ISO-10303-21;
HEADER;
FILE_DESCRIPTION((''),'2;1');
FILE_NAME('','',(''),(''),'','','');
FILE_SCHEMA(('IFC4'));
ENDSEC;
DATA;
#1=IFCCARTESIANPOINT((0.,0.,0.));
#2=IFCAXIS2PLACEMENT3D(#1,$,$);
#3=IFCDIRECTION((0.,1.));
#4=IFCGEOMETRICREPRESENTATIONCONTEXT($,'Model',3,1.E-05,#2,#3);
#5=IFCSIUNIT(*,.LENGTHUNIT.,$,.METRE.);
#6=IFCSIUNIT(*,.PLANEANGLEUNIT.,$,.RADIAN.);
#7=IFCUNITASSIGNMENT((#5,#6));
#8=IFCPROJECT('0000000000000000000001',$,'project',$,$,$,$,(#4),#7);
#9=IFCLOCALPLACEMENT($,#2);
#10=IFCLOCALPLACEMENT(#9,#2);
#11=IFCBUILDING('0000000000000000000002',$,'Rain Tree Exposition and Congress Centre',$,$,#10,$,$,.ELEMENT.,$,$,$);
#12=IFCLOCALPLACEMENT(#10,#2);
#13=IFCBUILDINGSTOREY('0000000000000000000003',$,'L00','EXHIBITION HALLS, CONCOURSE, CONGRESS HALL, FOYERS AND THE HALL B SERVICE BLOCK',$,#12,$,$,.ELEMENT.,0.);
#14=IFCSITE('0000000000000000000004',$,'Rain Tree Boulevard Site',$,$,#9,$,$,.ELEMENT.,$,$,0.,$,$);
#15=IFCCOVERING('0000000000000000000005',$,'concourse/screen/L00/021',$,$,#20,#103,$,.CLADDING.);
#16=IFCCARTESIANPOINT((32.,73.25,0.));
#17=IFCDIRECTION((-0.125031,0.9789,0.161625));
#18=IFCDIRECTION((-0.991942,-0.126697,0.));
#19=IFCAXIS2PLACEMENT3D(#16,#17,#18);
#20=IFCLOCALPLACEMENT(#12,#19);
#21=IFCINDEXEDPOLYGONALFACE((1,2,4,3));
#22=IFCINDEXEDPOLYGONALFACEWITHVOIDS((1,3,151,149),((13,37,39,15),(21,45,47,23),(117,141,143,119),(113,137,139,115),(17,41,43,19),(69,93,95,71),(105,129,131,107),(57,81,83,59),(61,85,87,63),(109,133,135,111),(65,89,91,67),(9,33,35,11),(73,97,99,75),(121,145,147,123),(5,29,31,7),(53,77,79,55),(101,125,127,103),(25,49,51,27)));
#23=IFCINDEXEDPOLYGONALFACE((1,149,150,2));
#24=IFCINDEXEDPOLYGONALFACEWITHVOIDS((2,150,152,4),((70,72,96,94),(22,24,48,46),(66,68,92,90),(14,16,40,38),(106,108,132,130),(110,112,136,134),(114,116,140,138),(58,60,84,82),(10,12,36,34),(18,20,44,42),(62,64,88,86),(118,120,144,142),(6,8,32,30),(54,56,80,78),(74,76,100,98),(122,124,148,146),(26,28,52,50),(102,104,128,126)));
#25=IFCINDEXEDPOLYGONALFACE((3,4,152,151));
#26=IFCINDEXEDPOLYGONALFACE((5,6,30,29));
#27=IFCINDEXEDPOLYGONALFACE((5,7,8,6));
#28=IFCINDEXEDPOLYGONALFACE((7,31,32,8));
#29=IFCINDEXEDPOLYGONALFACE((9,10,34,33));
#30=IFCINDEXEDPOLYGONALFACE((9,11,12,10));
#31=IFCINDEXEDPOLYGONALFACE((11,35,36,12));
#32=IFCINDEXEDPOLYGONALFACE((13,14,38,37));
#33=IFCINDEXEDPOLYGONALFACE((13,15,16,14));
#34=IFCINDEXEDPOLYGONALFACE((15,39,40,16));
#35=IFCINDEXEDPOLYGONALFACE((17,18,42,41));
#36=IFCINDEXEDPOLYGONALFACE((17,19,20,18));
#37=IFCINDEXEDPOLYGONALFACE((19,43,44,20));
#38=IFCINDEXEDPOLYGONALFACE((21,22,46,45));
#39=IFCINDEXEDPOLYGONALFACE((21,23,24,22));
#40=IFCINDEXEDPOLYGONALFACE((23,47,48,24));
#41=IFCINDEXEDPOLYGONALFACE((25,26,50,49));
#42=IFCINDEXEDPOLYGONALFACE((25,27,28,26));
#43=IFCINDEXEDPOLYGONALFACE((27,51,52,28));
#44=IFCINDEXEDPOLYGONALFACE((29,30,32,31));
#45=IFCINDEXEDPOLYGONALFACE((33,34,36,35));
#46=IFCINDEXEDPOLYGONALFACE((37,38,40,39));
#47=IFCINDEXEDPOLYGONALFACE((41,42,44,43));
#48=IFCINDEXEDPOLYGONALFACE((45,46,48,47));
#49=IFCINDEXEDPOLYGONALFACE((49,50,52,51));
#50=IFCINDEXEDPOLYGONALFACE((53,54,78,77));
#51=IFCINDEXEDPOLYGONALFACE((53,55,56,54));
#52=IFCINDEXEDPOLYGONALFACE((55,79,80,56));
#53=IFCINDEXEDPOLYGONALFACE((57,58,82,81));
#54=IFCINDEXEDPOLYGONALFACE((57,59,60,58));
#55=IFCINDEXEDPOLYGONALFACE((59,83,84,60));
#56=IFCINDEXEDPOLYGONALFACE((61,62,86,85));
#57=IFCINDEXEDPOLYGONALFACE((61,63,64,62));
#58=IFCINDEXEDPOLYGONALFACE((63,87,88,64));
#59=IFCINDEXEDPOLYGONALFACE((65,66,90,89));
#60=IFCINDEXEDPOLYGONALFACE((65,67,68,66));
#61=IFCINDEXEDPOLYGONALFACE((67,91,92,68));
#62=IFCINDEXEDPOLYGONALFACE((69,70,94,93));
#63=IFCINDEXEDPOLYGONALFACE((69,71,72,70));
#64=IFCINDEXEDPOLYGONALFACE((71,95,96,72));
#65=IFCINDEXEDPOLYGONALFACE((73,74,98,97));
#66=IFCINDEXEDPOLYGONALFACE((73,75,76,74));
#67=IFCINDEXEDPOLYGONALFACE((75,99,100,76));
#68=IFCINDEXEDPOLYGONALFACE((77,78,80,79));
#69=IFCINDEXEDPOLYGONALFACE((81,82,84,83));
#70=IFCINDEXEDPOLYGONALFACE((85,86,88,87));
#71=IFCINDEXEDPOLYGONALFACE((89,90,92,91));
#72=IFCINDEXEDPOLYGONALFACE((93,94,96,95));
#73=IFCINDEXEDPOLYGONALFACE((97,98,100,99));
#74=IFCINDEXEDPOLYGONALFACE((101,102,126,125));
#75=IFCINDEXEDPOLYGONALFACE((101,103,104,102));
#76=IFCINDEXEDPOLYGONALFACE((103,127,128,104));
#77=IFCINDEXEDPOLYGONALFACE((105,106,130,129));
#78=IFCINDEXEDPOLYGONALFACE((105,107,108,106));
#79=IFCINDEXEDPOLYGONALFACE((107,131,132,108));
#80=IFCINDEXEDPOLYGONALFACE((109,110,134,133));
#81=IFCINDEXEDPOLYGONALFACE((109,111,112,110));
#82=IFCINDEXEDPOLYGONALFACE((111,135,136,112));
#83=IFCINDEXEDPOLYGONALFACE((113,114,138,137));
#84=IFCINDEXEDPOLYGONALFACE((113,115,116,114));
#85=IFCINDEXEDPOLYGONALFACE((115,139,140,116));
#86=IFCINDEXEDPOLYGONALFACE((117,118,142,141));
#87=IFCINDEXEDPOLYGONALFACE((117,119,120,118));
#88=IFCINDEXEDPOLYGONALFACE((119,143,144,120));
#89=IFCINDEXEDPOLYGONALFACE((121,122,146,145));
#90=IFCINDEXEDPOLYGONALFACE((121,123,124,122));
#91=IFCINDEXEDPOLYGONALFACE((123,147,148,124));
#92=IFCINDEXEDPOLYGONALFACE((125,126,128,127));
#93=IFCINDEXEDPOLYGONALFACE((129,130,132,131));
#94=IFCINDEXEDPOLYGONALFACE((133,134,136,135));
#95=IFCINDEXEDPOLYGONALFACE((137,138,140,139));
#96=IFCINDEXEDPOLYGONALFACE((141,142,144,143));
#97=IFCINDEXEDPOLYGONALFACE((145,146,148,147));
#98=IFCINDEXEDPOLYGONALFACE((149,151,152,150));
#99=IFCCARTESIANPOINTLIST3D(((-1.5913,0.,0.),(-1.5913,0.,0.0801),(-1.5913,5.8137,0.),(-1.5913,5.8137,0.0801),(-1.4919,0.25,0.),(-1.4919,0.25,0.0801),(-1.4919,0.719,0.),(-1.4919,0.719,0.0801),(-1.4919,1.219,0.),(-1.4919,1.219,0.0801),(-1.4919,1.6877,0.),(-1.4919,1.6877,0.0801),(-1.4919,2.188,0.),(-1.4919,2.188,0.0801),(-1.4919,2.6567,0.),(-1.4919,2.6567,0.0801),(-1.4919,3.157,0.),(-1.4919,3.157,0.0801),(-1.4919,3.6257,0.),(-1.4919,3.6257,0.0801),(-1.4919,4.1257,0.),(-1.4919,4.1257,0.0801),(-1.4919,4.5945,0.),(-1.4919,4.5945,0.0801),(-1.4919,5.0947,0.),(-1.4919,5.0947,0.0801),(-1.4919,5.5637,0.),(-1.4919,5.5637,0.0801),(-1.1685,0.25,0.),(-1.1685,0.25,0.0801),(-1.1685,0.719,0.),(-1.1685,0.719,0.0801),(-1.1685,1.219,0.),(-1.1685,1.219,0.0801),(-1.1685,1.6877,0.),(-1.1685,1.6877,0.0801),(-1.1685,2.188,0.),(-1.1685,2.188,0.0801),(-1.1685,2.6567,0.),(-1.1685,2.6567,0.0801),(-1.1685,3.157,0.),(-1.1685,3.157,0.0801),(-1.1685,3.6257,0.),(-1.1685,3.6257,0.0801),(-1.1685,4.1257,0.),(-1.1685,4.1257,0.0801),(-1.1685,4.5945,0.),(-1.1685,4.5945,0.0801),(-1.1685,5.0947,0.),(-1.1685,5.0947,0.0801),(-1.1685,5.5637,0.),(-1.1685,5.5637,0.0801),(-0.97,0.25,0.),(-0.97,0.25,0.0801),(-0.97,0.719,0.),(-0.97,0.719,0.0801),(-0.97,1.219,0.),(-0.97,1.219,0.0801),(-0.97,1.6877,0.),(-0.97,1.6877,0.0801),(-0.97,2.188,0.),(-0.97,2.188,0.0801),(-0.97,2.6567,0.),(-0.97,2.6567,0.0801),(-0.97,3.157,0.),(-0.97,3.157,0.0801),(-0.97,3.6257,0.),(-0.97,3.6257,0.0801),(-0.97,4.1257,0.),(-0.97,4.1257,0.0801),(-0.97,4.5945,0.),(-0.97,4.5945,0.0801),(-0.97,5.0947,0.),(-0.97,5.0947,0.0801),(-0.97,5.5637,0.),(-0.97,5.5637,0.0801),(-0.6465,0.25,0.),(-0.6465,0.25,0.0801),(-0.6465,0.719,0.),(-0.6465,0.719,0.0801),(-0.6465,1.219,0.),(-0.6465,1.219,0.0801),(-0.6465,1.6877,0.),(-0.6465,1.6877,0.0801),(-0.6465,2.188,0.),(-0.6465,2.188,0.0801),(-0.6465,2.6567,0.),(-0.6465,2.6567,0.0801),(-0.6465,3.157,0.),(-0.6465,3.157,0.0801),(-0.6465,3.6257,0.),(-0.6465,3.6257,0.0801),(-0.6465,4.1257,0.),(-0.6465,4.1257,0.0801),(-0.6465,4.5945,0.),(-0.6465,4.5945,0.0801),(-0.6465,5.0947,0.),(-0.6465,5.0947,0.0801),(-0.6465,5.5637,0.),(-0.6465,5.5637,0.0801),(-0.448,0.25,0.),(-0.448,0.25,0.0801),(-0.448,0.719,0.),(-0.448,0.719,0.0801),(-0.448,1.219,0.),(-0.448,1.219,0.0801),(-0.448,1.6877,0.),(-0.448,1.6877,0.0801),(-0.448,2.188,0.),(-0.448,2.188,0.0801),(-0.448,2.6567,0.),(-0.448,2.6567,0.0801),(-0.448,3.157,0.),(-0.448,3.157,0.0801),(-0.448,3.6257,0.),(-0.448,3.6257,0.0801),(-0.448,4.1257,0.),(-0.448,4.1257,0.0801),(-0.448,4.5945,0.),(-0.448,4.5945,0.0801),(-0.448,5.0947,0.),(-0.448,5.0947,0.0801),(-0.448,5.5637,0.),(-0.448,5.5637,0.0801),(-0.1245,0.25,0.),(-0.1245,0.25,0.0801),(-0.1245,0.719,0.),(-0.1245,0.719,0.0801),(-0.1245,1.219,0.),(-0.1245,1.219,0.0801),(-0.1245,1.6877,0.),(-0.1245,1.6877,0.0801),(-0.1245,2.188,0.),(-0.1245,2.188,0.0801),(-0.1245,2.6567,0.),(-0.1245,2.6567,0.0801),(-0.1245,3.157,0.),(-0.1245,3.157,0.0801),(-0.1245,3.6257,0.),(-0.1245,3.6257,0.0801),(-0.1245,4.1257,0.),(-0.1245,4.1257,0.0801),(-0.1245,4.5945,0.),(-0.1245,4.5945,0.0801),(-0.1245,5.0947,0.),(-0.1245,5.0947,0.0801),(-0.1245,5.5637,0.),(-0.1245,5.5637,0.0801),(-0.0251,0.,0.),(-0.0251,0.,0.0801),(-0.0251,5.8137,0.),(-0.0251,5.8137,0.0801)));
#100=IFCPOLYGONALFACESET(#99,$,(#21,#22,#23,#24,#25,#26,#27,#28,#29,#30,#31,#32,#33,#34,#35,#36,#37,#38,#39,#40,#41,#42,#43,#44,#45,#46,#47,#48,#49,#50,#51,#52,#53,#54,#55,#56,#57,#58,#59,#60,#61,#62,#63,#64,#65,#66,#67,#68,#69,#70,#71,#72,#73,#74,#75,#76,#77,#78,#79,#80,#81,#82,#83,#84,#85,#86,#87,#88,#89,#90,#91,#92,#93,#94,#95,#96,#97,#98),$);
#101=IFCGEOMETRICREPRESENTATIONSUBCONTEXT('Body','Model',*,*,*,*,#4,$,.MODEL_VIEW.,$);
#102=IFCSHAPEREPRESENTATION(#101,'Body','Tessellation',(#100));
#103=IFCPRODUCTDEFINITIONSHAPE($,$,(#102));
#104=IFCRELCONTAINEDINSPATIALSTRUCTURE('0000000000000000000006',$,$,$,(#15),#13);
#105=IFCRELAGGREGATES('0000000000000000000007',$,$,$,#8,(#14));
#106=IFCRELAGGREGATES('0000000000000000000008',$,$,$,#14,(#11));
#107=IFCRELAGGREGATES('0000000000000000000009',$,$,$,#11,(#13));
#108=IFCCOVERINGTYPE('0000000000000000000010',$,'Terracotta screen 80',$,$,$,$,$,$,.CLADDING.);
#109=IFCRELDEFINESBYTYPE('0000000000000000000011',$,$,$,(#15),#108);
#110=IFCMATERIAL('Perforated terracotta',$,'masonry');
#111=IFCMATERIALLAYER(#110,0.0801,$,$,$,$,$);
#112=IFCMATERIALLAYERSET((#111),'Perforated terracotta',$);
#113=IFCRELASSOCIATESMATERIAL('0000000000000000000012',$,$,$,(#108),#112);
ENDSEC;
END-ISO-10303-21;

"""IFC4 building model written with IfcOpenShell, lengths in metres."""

from ifc_helpers import new_model, si_unit, direction, frame, origin, place, context, subcontext, project, spatial, polyline, outline, extrude, material, layer, layer_set, type_object, element, save


model = new_model("IFC4")

# Units and contexts
model_context = context("Model", 3, precision=1e-05, world=origin(), true_north=direction((0.0, 1.0)))
body_context = subcontext(model_context, "Body", "Model", "MODEL_VIEW")
ifc_project = project(units=[si_unit("LENGTHUNIT", "METRE"), si_unit("PLANEANGLEUNIT", "RADIAN")], contexts=[model_context])

# Site, building, storey
site_placement = place(None, origin())
site = spatial("IfcSite", under=ifc_project, at=site_placement, Name="Rain Tree Boulevard Site", CompositionType="ELEMENT", RefElevation=0.0)
building_placement = place(site_placement, origin())
building = spatial("IfcBuilding", under=site, at=building_placement, Name="Rain Tree Exposition and Congress Centre", CompositionType="ELEMENT")
storey_placement = place(building_placement, origin())
storey = spatial("IfcBuildingStorey", under=building, at=storey_placement, Name="L00", Description="EXHIBITION HALLS, CONCOURSE, CONGRESS HALL, FOYERS AND THE HALL B SERVICE BLOCK", CompositionType="ELEMENT", Elevation=0.0)

# Covering
ifc_material_1 = material(Name="Perforated terracotta", Category="masonry")
ifc_layer_1 = layer(ifc_material_1, 0.0801)
ifc_layer_set_1 = layer_set([ifc_layer_1], Name="Perforated terracotta")
covering_type = type_object("IfcCoveringType", Name="Terracotta screen 80", PredefinedType="CLADDING", material=ifc_layer_set_1)
covering_1_placement = place(storey_placement, frame((32.0, 73.25, 0.0), z_axis=(-0.125031, 0.9789, 0.161625), x_axis=(-0.991942, -0.126697, 0.0)))
element("IfcCovering", 1, at=covering_1_placement, inside=storey, type_object=covering_type, Name="concourse/screen/L00/021", PredefinedType="CLADDING", context=body_context, shape_type="SweptSolid", body=[
    extrude(outline(polyline([(-0.0251, 0.0), (-1.5913, 0.0), (-1.5913, 5.8137), (-0.0251, 5.8137), (-0.0251, 0.0)]), holes=[polyline([(-0.1245, 0.25), (-0.1245, 0.719), (-0.448, 0.719), (-0.448, 0.25), (-0.1245, 0.25)]), polyline([(-0.1245, 1.219), (-0.1245, 1.6877), (-0.448, 1.6877), (-0.448, 1.219), (-0.1245, 1.219)]), polyline([(-0.1245, 2.188), (-0.1245, 2.6567), (-0.448, 2.6567), (-0.448, 2.188), (-0.1245, 2.188)]), polyline([(-0.1245, 3.157), (-0.1245, 3.6257), (-0.448, 3.6257), (-0.448, 3.157), (-0.1245, 3.157)]), polyline([(-0.1245, 4.1257), (-0.1245, 4.5945), (-0.448, 4.5945), (-0.448, 4.1257), (-0.1245, 4.1257)]), polyline([(-0.1245, 5.0947), (-0.1245, 5.5637), (-0.448, 5.5637), (-0.448, 5.0947), (-0.1245, 5.0947)]), polyline([(-0.6465, 0.25), (-0.6465, 0.719), (-0.97, 0.719), (-0.97, 0.25), (-0.6465, 0.25)]), polyline([(-0.6465, 1.219), (-0.6465, 1.6877), (-0.97, 1.6877), (-0.97, 1.219), (-0.6465, 1.219)]), polyline([(-0.6465, 2.188), (-0.6465, 2.6567), (-0.97, 2.6567), (-0.97, 2.188), (-0.6465, 2.188)]), polyline([(-0.6465, 3.157), (-0.6465, 3.6257), (-0.97, 3.6257), (-0.97, 3.157), (-0.6465, 3.157)]), polyline([(-0.6465, 4.1257), (-0.6465, 4.5945), (-0.97, 4.5945), (-0.97, 4.1257), (-0.6465, 4.1257)]), polyline([(-0.6465, 5.0947), (-0.6465, 5.5637), (-0.97, 5.5637), (-0.97, 5.0947), (-0.6465, 5.0947)]), polyline([(-1.1685, 0.25), (-1.1685, 0.719), (-1.4919, 0.719), (-1.4919, 0.25), (-1.1685, 0.25)]), polyline([(-1.1685, 1.219), (-1.1685, 1.6877), (-1.4919, 1.6877), (-1.4919, 1.219), (-1.1685, 1.219)]), polyline([(-1.1685, 2.188), (-1.1685, 2.6567), (-1.4919, 2.6567), (-1.4919, 2.188), (-1.1685, 2.188)]), polyline([(-1.1685, 3.157), (-1.1685, 3.6257), (-1.4919, 3.6257), (-1.4919, 3.157), (-1.1685, 3.157)]), polyline([(-1.1685, 4.1257), (-1.1685, 4.5945), (-1.4919, 4.5945), (-1.4919, 4.1257), (-1.1685, 4.1257)]), polyline([(-1.1685, 5.0947), (-1.1685, 5.5637), (-1.4919, 5.5637), (-1.4919, 5.0947), (-1.1685, 5.0947)])]), origin(), (0.0, 0.0, 1.0), 0.0801),
])

save(model, "model.ifc")
